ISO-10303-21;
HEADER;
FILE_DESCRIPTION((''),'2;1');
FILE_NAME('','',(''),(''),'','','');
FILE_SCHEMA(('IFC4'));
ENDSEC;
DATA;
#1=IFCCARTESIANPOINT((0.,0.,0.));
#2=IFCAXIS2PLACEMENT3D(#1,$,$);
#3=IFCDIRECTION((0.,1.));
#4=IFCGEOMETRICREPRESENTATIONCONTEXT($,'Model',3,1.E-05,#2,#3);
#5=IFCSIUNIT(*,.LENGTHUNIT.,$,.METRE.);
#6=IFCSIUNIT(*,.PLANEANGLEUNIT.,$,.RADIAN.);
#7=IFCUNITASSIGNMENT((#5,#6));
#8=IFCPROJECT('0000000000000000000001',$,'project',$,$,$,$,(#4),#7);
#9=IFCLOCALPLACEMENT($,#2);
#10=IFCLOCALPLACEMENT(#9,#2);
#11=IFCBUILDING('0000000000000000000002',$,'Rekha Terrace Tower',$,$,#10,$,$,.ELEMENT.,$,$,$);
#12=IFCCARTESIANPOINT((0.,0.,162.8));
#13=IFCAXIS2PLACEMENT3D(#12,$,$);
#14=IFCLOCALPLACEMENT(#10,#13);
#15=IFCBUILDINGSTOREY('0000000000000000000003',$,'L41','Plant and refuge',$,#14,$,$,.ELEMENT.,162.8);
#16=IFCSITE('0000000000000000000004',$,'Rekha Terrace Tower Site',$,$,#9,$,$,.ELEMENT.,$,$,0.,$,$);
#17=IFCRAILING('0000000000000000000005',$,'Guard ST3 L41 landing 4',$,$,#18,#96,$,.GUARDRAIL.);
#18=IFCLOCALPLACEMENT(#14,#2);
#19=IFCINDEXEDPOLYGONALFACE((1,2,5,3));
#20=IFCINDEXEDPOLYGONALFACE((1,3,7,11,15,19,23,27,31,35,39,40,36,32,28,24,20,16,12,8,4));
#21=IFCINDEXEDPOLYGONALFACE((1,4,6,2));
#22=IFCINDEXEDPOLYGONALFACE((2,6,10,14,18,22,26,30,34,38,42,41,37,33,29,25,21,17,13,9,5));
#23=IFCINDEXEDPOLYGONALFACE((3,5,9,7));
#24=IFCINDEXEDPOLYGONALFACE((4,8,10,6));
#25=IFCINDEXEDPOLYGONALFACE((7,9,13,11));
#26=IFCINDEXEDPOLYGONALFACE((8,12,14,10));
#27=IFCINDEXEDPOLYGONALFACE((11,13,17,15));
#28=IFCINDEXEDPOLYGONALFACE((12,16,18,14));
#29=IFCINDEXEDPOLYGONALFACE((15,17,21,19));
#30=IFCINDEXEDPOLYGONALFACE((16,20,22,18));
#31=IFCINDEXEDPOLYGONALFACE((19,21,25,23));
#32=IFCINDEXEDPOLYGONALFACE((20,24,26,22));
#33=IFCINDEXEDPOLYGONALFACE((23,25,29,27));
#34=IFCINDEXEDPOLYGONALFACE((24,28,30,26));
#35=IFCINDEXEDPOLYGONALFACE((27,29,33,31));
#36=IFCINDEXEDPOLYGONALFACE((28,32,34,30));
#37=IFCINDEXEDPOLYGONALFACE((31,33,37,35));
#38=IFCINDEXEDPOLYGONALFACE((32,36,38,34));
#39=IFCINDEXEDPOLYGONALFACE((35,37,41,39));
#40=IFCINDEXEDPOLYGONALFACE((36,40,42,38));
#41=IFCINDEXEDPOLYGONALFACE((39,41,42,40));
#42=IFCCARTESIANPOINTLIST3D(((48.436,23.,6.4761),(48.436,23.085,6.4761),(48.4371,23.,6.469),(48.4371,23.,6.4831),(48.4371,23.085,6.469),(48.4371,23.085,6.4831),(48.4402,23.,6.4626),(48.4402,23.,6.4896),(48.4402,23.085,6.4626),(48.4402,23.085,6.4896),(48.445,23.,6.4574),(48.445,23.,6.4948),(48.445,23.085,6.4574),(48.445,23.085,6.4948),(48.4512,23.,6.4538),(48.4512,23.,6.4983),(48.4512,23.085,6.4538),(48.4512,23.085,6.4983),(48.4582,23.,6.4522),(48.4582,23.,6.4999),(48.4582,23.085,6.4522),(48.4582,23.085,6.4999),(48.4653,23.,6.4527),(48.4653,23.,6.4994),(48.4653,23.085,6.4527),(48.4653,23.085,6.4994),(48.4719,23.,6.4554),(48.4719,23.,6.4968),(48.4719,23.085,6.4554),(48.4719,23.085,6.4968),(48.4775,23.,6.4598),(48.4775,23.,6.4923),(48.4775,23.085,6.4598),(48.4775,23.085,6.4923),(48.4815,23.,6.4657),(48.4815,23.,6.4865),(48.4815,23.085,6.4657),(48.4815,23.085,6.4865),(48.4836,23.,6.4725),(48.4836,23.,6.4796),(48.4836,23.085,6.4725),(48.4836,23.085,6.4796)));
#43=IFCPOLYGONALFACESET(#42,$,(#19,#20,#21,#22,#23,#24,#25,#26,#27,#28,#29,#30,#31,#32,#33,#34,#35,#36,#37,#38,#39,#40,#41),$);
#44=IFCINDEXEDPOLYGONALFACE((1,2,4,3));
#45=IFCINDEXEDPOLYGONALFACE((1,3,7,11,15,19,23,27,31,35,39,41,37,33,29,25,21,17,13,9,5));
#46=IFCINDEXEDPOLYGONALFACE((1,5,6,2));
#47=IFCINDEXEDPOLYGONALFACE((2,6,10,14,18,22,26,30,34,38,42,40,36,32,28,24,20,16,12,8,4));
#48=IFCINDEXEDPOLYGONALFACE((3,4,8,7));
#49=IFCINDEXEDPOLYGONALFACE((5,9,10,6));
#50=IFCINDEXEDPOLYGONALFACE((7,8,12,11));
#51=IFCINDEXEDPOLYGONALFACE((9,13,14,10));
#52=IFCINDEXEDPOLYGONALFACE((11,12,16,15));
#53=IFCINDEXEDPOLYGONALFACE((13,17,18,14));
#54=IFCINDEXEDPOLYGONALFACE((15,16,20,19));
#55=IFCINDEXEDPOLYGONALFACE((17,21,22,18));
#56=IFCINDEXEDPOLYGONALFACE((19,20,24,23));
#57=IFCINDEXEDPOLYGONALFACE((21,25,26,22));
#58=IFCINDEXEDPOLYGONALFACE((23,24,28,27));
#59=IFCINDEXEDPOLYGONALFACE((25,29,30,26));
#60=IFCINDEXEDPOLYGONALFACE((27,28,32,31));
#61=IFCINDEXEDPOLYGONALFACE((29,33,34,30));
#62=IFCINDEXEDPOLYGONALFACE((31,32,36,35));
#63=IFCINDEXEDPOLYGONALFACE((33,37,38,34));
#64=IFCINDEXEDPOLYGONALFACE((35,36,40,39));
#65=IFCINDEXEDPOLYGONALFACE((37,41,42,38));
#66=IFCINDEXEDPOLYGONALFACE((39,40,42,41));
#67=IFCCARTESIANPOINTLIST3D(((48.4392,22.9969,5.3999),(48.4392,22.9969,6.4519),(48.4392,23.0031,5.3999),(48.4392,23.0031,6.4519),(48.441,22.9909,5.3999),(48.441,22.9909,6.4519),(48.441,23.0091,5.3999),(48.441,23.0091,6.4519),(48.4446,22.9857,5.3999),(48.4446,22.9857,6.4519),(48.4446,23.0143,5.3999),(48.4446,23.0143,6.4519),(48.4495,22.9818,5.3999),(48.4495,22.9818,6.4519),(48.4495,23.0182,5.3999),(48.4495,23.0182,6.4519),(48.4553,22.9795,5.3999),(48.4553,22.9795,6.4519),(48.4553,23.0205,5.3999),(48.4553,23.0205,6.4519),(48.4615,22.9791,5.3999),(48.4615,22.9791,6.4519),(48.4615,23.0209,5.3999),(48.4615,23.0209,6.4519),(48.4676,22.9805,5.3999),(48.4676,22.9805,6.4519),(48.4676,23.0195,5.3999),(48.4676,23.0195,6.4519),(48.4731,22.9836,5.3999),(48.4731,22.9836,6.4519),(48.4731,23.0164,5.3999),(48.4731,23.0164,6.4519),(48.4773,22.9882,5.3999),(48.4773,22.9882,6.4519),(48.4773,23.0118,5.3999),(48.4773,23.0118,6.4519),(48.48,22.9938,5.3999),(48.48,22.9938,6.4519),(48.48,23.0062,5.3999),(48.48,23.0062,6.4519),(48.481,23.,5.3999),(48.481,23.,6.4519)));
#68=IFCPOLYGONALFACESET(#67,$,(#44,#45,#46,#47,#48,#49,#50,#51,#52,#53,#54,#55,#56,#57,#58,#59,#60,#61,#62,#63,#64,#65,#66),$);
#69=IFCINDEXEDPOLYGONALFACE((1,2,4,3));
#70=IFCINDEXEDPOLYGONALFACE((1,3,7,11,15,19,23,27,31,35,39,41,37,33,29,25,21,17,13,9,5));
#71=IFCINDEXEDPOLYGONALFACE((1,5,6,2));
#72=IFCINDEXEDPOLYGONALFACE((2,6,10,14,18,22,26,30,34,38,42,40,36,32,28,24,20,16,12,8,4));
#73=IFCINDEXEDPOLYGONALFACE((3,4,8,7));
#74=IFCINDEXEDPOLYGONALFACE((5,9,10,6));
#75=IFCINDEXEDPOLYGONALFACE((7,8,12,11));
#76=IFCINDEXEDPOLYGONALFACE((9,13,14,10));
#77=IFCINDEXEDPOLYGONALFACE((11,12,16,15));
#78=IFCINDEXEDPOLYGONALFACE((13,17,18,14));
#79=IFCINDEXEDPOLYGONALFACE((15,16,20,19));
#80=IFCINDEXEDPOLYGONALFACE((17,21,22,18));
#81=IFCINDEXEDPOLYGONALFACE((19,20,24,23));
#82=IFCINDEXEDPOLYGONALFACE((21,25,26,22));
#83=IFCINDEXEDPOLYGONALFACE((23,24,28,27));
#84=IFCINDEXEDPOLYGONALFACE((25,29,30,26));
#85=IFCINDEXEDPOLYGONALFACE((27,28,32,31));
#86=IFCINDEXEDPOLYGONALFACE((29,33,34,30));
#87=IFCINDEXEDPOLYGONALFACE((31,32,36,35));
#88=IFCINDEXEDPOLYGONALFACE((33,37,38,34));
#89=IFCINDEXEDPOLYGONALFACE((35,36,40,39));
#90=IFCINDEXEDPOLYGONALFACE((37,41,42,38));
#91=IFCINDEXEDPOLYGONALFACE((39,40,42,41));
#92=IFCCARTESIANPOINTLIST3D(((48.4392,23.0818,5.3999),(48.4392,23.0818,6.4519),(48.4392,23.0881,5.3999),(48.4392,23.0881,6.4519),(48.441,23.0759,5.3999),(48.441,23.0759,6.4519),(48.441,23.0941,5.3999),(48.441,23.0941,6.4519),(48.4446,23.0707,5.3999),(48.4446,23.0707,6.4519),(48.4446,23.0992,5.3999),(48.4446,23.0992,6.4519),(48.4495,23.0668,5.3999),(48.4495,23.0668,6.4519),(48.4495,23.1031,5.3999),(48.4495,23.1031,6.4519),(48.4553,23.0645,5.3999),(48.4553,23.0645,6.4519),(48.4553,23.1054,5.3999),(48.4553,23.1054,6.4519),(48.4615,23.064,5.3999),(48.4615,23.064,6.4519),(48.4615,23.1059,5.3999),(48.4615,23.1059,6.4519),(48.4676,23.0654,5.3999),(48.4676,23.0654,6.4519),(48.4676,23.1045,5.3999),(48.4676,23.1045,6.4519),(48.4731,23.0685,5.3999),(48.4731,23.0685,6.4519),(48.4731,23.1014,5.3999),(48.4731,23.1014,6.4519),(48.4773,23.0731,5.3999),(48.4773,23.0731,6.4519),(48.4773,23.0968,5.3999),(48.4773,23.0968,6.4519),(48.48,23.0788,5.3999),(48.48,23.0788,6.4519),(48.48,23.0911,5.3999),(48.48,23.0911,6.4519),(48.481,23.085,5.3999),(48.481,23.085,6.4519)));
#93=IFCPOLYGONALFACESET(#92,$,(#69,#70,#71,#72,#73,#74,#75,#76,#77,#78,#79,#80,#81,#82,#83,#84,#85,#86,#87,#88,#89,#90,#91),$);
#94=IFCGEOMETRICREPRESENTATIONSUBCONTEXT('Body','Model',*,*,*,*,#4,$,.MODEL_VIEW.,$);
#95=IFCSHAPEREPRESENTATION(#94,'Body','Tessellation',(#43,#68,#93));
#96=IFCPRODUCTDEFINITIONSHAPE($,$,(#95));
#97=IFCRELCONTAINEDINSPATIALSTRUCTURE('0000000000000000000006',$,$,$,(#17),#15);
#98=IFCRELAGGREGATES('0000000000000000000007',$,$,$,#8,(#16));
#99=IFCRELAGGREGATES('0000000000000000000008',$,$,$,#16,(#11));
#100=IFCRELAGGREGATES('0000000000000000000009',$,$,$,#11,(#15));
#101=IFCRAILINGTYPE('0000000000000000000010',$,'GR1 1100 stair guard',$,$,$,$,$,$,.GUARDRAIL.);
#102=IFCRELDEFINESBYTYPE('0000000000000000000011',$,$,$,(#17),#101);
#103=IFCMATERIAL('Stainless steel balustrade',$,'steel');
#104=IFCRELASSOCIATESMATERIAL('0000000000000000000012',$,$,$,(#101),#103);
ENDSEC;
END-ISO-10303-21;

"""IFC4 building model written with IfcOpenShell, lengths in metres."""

from ifc_helpers import new_model, si_unit, direction, frame, origin, origin_2d, place, context, subcontext, project, spatial, circle, extrude, material, type_object, element, save


model = new_model("IFC4")

# Units and contexts
model_context = context("Model", 3, precision=1e-05, world=origin(), true_north=direction((0.0, 1.0)))
body_context = subcontext(model_context, "Body", "Model", "MODEL_VIEW")
ifc_project = project(units=[si_unit("LENGTHUNIT", "METRE"), si_unit("PLANEANGLEUNIT", "RADIAN")], contexts=[model_context])

# Site, building, storey
site_placement = place(None, origin())
site = spatial("IfcSite", under=ifc_project, at=site_placement, Name="Rekha Terrace Tower Site", CompositionType="ELEMENT", RefElevation=0.0)
building_placement = place(site_placement, origin())
building = spatial("IfcBuilding", under=site, at=building_placement, Name="Rekha Terrace Tower", CompositionType="ELEMENT")
storey_placement = place(building_placement, frame((0.0, 0.0, 162.8)))
storey = spatial("IfcBuildingStorey", under=building, at=storey_placement, Name="L41", Description="Plant and refuge", CompositionType="ELEMENT", Elevation=162.8)

# Railing
ifc_material_1 = material(Name="Stainless steel balustrade", Category="steel")
railing_type_1 = type_object("IfcRailingType", Name="GR1 1100 stair guard", PredefinedType="GUARDRAIL", material=ifc_material_1)
railing_1_placement = place(storey_placement, frame((48.46, 23.0, 5.3999)))
element("IfcRailing", 1, at=railing_1_placement, inside=storey, type_object=railing_type_1, Name="Guard ST3 L41 landing 4", PredefinedType="GUARDRAIL", context=body_context, shape_type="SweptSolid", body=[
    extrude(circle(Radius=0.0239, at=origin_2d()), frame((0.0, 0.0, 1.0762), z_axis=(0.0, 1.0, 0.0), x_axis=(-1.0, 0.0, 0.0)), (0.0, 0.0, 1.0), 0.085),
    extrude(circle(Radius=0.021, at=origin_2d()), origin(), (0.0, 0.0, 1.0), 1.052),
    extrude(circle(Radius=0.021, at=origin_2d()), frame((0.0, 0.085, 0.0)), (0.0, 0.0, 1.0), 1.052),
])

save(model, "model.ifc")
